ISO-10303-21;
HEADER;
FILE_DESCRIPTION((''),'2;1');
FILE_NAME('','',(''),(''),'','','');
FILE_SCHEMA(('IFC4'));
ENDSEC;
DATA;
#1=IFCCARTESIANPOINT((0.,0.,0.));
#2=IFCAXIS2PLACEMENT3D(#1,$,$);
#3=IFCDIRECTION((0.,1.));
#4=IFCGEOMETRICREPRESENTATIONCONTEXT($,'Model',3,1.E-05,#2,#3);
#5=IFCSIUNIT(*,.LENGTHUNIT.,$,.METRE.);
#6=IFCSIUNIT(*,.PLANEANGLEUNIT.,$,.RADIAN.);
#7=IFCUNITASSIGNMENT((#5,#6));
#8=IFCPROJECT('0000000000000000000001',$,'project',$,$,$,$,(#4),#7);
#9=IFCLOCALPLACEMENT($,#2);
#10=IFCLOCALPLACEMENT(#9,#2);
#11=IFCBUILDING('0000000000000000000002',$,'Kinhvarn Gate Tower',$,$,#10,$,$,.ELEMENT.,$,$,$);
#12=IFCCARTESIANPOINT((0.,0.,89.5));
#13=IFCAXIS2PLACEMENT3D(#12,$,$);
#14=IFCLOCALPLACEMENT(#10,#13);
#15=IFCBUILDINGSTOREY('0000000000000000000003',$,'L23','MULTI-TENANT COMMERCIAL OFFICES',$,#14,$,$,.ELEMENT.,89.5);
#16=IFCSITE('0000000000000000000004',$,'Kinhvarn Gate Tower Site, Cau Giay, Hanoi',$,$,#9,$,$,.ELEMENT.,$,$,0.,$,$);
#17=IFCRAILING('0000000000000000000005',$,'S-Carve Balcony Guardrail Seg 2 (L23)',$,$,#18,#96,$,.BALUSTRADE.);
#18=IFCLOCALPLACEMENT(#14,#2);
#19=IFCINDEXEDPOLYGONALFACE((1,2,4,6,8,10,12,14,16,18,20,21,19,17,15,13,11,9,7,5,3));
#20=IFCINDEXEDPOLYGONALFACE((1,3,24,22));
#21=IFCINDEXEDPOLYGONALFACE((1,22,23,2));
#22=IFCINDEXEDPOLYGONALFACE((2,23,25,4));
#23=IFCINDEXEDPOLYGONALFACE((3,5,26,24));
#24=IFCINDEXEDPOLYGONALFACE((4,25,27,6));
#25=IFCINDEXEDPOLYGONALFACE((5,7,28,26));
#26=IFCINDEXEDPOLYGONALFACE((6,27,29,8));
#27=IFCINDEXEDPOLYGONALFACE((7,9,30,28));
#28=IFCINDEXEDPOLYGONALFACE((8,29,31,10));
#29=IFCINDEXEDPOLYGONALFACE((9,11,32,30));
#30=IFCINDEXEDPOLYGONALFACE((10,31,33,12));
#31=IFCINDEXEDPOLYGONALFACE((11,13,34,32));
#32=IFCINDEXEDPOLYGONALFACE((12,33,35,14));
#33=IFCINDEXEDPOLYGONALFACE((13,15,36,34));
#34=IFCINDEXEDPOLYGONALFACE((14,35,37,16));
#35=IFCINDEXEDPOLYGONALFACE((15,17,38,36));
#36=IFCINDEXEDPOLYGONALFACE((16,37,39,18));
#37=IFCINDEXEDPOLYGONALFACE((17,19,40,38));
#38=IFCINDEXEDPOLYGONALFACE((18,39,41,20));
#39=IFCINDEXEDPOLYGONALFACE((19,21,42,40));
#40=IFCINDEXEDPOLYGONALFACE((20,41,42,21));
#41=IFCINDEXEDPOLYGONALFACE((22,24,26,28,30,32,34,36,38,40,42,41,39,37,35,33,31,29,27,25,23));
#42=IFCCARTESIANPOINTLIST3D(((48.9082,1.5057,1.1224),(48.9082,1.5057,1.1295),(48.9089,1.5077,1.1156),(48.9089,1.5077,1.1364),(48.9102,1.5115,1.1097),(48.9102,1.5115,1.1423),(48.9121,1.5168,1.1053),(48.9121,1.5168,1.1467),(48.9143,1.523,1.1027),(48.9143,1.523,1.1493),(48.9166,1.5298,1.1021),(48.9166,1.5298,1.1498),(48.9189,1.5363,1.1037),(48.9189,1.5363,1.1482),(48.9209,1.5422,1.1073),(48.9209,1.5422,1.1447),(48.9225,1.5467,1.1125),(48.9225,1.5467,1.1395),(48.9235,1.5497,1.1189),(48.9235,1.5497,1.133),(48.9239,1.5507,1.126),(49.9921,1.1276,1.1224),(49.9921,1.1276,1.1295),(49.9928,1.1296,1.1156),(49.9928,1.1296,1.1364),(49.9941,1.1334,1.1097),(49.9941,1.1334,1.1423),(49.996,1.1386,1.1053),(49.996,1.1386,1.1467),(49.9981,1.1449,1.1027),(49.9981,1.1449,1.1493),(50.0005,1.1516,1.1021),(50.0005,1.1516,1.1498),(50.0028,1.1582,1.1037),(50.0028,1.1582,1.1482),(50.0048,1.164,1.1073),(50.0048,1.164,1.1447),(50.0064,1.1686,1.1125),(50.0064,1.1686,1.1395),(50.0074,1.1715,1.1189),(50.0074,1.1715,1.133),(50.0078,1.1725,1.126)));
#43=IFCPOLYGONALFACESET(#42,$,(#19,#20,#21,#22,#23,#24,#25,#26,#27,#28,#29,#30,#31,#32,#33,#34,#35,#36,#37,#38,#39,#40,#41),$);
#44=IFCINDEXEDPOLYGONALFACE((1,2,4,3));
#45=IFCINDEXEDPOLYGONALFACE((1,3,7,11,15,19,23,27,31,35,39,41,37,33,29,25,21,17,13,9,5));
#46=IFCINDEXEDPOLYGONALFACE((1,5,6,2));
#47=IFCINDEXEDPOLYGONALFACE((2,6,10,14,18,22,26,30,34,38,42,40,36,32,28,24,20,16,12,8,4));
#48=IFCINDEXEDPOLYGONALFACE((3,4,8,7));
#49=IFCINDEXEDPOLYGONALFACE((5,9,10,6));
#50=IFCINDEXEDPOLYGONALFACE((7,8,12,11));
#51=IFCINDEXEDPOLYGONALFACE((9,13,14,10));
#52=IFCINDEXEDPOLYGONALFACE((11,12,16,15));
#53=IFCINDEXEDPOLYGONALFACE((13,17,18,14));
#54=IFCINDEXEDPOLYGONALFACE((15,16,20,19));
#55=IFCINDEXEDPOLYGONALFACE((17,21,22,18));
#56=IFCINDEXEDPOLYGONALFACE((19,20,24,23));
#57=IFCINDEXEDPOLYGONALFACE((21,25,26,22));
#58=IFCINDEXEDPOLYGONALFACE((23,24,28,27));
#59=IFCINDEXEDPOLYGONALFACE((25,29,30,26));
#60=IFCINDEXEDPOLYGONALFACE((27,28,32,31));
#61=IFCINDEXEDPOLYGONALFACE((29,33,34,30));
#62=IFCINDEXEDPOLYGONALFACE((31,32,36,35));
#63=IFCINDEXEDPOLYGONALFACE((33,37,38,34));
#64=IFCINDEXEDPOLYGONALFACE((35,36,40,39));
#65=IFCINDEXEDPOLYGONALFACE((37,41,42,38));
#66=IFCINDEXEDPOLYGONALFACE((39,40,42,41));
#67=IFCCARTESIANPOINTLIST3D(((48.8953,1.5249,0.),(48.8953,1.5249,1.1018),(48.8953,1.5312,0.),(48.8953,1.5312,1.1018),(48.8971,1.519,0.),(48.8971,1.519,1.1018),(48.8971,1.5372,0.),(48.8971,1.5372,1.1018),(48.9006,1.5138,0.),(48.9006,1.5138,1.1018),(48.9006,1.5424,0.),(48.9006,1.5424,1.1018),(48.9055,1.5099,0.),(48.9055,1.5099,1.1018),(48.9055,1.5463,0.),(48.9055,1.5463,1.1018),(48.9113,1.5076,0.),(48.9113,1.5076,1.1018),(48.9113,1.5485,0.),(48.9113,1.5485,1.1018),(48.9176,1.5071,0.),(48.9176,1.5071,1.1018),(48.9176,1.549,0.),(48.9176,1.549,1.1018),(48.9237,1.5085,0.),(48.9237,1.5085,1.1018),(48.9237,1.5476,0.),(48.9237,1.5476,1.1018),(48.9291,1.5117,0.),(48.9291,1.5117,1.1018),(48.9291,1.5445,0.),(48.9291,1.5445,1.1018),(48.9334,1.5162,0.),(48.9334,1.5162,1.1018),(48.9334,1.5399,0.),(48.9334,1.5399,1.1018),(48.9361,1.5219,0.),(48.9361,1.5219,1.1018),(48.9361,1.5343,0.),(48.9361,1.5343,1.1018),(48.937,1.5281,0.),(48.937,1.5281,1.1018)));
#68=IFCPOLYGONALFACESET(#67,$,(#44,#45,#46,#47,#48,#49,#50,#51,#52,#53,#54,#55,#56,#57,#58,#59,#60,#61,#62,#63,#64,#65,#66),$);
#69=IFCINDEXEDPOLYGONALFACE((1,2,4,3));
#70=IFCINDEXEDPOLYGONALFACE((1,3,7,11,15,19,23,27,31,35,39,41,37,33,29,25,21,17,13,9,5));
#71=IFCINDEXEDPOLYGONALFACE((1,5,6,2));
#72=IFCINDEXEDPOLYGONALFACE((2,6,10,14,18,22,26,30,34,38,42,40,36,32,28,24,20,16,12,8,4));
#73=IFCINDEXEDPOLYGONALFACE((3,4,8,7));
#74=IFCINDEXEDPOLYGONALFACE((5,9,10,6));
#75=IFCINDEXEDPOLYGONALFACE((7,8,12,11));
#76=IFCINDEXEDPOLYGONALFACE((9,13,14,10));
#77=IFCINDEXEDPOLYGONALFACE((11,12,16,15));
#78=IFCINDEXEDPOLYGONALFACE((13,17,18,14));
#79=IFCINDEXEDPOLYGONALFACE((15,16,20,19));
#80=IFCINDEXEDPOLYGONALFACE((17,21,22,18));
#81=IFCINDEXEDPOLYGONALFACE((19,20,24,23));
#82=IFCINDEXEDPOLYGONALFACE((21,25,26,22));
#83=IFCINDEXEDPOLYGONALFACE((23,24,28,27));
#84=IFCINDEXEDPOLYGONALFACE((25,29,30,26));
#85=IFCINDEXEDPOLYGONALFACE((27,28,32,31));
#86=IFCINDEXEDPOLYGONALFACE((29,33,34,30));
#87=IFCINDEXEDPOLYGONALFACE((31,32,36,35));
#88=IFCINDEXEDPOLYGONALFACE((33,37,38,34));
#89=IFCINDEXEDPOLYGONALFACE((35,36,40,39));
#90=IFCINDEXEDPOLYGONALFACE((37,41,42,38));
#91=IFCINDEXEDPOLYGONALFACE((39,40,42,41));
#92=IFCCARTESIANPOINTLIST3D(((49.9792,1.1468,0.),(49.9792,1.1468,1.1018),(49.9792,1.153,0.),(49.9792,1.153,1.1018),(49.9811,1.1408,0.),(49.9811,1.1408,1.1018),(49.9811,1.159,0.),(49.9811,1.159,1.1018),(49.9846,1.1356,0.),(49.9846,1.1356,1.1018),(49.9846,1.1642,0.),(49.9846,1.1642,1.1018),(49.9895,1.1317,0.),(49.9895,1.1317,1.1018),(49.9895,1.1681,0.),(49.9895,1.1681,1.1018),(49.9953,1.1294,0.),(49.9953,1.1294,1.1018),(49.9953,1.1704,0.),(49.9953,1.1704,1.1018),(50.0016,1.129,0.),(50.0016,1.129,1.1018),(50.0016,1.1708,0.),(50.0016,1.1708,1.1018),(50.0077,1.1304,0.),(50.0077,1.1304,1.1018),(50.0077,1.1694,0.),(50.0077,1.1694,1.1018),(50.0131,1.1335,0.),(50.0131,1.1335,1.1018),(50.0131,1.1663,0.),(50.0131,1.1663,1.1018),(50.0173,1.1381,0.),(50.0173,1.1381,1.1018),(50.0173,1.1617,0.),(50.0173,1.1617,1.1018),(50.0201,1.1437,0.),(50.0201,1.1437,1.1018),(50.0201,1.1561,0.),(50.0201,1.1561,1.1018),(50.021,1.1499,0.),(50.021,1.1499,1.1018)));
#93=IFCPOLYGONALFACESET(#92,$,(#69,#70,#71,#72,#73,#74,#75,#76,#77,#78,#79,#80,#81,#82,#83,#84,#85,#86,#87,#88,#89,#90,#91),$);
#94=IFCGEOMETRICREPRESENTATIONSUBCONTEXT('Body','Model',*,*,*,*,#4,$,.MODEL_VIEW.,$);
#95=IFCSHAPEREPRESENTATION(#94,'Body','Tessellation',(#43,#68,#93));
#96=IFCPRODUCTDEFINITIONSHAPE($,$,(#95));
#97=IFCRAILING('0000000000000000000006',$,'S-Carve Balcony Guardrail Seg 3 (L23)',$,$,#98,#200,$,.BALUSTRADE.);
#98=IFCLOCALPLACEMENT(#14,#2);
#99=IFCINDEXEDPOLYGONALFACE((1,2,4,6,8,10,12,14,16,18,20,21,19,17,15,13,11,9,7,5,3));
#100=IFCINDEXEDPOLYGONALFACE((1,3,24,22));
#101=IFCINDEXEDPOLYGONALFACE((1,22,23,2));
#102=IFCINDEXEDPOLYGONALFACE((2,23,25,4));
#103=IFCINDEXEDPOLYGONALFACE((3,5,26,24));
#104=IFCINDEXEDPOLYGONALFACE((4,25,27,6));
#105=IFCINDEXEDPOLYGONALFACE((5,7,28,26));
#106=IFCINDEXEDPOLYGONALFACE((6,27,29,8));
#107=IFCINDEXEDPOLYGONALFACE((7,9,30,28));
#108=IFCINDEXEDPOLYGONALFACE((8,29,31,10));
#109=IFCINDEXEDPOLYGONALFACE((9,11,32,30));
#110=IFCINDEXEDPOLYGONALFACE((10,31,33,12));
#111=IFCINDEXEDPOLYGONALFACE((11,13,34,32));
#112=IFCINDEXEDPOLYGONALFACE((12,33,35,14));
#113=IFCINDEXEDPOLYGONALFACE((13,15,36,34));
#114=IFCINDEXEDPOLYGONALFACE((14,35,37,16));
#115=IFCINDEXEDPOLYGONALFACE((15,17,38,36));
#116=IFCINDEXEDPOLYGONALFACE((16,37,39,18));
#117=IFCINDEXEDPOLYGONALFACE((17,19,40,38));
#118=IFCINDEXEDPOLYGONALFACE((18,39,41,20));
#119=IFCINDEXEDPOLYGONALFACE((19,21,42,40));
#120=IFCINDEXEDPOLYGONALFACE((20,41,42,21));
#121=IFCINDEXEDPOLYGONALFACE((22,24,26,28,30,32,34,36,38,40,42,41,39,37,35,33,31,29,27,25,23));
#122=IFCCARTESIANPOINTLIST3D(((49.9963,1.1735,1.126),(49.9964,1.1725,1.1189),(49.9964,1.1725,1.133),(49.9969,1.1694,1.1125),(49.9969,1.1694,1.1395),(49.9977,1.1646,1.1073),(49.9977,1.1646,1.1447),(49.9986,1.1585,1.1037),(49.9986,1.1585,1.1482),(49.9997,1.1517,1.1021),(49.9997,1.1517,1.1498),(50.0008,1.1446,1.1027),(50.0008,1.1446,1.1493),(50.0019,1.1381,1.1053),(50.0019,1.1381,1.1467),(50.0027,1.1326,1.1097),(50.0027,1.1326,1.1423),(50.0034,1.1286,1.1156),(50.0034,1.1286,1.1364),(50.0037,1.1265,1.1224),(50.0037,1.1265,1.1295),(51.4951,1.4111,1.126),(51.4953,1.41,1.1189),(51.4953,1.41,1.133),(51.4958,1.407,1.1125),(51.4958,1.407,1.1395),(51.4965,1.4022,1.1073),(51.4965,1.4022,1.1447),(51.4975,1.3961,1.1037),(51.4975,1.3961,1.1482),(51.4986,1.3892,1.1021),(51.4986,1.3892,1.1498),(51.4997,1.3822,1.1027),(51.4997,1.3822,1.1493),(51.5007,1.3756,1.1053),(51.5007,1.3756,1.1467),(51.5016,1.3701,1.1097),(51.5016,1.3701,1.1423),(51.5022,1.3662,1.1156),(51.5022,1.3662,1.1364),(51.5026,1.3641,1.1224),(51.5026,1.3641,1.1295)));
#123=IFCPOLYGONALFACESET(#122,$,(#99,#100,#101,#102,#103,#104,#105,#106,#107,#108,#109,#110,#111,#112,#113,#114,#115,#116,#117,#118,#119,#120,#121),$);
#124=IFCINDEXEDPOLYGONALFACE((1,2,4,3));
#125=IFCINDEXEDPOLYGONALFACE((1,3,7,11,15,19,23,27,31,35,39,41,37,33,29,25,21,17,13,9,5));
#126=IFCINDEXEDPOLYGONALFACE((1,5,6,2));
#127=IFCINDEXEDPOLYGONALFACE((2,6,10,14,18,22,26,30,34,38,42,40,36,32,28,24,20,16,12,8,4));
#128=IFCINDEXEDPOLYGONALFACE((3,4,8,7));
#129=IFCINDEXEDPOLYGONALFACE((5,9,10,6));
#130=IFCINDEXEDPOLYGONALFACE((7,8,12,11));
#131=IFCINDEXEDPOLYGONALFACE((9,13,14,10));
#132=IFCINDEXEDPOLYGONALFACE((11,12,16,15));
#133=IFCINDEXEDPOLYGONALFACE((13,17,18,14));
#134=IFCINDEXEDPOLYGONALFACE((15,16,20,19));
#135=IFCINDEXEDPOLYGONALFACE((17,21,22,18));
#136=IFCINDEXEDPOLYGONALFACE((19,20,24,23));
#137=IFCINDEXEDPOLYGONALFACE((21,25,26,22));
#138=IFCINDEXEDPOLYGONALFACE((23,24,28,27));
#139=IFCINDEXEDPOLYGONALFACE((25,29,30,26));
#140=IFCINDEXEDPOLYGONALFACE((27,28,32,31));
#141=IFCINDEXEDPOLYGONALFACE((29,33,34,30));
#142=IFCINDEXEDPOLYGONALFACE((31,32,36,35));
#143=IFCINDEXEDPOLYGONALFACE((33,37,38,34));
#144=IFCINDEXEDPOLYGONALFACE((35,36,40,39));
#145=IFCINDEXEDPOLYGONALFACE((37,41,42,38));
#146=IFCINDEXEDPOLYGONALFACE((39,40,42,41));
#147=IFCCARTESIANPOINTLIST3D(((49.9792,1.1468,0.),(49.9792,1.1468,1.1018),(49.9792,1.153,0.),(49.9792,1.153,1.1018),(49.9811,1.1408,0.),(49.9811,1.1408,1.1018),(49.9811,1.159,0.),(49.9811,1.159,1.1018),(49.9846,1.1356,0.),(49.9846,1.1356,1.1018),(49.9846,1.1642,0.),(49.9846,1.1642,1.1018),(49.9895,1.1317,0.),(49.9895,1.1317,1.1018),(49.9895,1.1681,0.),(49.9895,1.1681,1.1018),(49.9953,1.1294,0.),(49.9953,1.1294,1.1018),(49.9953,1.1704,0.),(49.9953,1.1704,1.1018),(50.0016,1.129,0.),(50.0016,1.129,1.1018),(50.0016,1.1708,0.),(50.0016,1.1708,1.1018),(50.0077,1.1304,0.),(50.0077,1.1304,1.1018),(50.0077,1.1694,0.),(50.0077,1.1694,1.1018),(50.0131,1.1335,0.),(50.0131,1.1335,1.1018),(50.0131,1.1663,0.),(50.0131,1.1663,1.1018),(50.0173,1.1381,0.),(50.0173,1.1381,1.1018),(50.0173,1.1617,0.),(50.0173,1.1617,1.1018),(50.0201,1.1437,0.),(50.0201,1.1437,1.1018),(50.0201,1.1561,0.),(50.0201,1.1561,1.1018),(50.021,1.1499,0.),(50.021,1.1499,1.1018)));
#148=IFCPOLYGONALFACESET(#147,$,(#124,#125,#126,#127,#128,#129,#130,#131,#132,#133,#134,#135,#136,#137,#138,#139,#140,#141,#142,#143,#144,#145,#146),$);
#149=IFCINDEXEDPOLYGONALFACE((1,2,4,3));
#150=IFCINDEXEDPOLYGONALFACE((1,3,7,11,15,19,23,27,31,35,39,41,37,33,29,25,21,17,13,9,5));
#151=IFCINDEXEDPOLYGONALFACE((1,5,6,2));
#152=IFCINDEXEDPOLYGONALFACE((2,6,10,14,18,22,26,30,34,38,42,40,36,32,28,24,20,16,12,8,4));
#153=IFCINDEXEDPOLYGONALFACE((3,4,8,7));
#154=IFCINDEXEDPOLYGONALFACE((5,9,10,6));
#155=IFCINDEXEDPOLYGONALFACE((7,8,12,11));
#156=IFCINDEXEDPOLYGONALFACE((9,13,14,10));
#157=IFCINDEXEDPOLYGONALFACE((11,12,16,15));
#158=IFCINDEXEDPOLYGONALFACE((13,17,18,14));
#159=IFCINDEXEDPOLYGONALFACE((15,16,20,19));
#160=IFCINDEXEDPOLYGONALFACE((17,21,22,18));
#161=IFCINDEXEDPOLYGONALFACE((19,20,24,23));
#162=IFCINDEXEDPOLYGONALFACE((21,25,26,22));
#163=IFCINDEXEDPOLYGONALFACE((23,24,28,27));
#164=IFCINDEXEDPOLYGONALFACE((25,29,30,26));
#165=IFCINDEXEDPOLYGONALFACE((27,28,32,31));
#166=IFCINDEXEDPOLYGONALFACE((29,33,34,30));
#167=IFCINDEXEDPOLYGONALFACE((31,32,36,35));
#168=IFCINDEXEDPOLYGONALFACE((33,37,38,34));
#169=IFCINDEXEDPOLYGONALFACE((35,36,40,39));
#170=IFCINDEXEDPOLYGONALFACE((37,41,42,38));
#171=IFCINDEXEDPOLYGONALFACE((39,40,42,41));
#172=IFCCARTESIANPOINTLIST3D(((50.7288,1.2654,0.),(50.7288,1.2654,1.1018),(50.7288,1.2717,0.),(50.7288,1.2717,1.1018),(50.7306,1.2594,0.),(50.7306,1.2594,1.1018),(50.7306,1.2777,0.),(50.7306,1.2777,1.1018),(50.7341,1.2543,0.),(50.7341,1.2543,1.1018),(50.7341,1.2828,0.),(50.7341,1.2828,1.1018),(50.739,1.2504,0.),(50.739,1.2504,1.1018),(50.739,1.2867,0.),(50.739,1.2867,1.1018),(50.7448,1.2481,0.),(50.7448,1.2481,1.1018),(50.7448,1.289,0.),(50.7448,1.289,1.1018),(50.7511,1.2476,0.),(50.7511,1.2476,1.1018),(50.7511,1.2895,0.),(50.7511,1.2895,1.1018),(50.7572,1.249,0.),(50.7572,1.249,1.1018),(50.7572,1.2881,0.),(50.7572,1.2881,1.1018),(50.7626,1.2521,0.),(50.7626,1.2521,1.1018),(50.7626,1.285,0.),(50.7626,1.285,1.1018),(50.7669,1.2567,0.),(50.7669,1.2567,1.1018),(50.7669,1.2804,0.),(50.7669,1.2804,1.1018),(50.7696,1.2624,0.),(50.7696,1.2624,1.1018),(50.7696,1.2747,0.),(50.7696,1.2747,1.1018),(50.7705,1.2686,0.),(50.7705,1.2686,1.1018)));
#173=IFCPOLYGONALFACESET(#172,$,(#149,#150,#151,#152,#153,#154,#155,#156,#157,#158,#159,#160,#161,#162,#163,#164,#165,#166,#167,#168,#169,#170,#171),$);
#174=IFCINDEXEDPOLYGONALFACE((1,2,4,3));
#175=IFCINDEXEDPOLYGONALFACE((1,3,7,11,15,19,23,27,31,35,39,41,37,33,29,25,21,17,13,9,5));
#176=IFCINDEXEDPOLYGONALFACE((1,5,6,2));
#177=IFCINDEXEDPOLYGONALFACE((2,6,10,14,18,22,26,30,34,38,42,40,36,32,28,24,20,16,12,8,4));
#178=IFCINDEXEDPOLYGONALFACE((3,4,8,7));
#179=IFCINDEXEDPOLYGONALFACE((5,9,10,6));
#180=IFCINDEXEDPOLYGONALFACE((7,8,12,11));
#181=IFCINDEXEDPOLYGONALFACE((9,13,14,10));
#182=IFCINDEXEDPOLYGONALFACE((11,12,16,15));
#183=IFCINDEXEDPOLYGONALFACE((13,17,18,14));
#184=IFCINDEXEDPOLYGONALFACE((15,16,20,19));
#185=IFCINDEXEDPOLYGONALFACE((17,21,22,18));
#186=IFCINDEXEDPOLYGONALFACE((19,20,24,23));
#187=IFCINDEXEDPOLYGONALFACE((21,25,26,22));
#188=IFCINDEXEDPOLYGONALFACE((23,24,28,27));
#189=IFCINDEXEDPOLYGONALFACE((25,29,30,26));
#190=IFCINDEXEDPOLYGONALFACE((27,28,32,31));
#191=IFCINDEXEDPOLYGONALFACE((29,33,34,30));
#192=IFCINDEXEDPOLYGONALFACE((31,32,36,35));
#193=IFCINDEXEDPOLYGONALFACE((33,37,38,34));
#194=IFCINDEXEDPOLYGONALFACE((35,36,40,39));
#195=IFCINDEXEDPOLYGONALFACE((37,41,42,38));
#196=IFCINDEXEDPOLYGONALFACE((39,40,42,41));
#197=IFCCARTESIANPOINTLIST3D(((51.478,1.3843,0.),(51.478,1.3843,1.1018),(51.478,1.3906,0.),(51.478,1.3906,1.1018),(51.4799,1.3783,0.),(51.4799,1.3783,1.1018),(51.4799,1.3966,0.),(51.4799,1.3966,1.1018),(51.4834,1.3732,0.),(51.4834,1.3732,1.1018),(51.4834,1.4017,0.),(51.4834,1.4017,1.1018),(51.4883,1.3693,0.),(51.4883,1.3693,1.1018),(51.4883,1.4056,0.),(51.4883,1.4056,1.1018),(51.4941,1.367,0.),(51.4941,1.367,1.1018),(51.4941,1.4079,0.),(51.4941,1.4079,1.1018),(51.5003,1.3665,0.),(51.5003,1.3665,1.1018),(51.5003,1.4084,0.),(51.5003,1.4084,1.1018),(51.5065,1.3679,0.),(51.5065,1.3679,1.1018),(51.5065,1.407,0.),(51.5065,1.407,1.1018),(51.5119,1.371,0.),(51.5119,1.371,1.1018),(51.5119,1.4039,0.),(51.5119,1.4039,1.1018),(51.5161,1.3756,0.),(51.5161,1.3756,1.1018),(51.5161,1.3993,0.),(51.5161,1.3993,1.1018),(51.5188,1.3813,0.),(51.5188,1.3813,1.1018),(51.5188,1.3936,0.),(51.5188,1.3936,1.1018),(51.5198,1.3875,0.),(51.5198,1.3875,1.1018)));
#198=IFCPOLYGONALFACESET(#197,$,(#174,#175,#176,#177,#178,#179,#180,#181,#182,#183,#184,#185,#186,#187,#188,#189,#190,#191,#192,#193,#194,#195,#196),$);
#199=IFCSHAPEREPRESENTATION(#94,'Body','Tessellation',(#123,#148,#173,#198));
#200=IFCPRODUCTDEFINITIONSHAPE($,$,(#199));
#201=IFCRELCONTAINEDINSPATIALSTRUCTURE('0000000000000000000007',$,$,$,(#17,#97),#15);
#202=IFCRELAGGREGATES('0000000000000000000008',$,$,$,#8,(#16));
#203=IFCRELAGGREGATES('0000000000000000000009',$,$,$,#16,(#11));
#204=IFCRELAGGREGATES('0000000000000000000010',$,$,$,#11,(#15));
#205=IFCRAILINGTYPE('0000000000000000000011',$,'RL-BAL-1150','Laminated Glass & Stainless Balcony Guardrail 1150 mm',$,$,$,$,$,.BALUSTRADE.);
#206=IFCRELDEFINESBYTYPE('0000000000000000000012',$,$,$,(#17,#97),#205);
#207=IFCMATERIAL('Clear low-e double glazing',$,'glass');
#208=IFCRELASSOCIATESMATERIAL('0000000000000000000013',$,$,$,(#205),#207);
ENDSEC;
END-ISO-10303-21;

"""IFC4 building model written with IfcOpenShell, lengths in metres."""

from ifc_helpers import new_model, si_unit, direction, frame, origin, origin_2d, place, context, subcontext, project, spatial, circle, extrude, material, type_object, element, save


model = new_model("IFC4")

# Units and contexts
model_context = context("Model", 3, precision=1e-05, world=origin(), true_north=direction((0.0, 1.0)))
body_context = subcontext(model_context, "Body", "Model", "MODEL_VIEW")
ifc_project = project(units=[si_unit("LENGTHUNIT", "METRE"), si_unit("PLANEANGLEUNIT", "RADIAN")], contexts=[model_context])

# Site, building, storey
site_placement = place(None, origin())
site = spatial("IfcSite", under=ifc_project, at=site_placement, Name="Kinhvarn Gate Tower Site, Cau Giay, Hanoi", CompositionType="ELEMENT", RefElevation=0.0)
building_placement = place(site_placement, origin())
building = spatial("IfcBuilding", under=site, at=building_placement, Name="Kinhvarn Gate Tower", CompositionType="ELEMENT")
storey_placement = place(building_placement, frame((0.0, 0.0, 89.5)))
storey = spatial("IfcBuildingStorey", under=building, at=storey_placement, Name="L23", Description="MULTI-TENANT COMMERCIAL OFFICES", CompositionType="ELEMENT", Elevation=89.5)

# Shared definitions
ifc_material_1 = material(Name="Clear low-e double glazing", Category="glass")

# Railings
railing_type = type_object("IfcRailingType", Name="RL-BAL-1150", Description="Laminated Glass & Stainless Balcony Guardrail 1150 mm", PredefinedType="BALUSTRADE", material=ifc_material_1)
railing_1_placement = place(storey_placement, frame((48.916, 1.5281, 0.0)))
element("IfcRailing", 1, at=railing_1_placement, inside=storey, type_object=railing_type, Name="S-Carve Balcony Guardrail Seg 2 (L23)", PredefinedType="BALUSTRADE", context=body_context, shape_type="SweptSolid", body=[
    extrude(circle(Radius=0.0239, at=origin_2d()), frame((0.0, 0.0, 1.126), z_axis=(0.944189, -0.329403, 0.0), x_axis=(0.329403, 0.944189, 0.0)), (0.0, 0.0, 1.0), 1.1479),
    extrude(circle(Radius=0.021, at=origin_2d()), origin(), (0.0, 0.0, 1.0), 1.1018),
    extrude(circle(Radius=0.021, at=origin_2d()), frame((1.084, -0.3782, 0.0)), (0.0, 0.0, 1.0), 1.1018),
])
railing_2_placement = place(storey_placement, frame((50.0, 1.1499, 0.0)))
element("IfcRailing", 2, at=railing_2_placement, inside=storey, type_object=railing_type, Name="S-Carve Balcony Guardrail Seg 3 (L23)", PredefinedType="BALUSTRADE", context=body_context, shape_type="SweptSolid", body=[
    extrude(circle(Radius=0.0239, at=origin_2d()), frame((0.0, 0.0, 1.126), z_axis=(0.987671, 0.156541, 0.0), x_axis=(-0.156541, 0.987671, 0.0)), (0.0, 0.0, 1.0), 1.5176),
    extrude(circle(Radius=0.021, at=origin_2d()), origin(), (0.0, 0.0, 1.0), 1.1018),
    extrude(circle(Radius=0.021, at=origin_2d()), frame((0.7495, 0.1187, 0.0)), (0.0, 0.0, 1.0), 1.1018),
    extrude(circle(Radius=0.021, at=origin_2d()), frame((1.4988, 0.2375, 0.0)), (0.0, 0.0, 1.0), 1.1018),
])

save(model, "model.ifc")
